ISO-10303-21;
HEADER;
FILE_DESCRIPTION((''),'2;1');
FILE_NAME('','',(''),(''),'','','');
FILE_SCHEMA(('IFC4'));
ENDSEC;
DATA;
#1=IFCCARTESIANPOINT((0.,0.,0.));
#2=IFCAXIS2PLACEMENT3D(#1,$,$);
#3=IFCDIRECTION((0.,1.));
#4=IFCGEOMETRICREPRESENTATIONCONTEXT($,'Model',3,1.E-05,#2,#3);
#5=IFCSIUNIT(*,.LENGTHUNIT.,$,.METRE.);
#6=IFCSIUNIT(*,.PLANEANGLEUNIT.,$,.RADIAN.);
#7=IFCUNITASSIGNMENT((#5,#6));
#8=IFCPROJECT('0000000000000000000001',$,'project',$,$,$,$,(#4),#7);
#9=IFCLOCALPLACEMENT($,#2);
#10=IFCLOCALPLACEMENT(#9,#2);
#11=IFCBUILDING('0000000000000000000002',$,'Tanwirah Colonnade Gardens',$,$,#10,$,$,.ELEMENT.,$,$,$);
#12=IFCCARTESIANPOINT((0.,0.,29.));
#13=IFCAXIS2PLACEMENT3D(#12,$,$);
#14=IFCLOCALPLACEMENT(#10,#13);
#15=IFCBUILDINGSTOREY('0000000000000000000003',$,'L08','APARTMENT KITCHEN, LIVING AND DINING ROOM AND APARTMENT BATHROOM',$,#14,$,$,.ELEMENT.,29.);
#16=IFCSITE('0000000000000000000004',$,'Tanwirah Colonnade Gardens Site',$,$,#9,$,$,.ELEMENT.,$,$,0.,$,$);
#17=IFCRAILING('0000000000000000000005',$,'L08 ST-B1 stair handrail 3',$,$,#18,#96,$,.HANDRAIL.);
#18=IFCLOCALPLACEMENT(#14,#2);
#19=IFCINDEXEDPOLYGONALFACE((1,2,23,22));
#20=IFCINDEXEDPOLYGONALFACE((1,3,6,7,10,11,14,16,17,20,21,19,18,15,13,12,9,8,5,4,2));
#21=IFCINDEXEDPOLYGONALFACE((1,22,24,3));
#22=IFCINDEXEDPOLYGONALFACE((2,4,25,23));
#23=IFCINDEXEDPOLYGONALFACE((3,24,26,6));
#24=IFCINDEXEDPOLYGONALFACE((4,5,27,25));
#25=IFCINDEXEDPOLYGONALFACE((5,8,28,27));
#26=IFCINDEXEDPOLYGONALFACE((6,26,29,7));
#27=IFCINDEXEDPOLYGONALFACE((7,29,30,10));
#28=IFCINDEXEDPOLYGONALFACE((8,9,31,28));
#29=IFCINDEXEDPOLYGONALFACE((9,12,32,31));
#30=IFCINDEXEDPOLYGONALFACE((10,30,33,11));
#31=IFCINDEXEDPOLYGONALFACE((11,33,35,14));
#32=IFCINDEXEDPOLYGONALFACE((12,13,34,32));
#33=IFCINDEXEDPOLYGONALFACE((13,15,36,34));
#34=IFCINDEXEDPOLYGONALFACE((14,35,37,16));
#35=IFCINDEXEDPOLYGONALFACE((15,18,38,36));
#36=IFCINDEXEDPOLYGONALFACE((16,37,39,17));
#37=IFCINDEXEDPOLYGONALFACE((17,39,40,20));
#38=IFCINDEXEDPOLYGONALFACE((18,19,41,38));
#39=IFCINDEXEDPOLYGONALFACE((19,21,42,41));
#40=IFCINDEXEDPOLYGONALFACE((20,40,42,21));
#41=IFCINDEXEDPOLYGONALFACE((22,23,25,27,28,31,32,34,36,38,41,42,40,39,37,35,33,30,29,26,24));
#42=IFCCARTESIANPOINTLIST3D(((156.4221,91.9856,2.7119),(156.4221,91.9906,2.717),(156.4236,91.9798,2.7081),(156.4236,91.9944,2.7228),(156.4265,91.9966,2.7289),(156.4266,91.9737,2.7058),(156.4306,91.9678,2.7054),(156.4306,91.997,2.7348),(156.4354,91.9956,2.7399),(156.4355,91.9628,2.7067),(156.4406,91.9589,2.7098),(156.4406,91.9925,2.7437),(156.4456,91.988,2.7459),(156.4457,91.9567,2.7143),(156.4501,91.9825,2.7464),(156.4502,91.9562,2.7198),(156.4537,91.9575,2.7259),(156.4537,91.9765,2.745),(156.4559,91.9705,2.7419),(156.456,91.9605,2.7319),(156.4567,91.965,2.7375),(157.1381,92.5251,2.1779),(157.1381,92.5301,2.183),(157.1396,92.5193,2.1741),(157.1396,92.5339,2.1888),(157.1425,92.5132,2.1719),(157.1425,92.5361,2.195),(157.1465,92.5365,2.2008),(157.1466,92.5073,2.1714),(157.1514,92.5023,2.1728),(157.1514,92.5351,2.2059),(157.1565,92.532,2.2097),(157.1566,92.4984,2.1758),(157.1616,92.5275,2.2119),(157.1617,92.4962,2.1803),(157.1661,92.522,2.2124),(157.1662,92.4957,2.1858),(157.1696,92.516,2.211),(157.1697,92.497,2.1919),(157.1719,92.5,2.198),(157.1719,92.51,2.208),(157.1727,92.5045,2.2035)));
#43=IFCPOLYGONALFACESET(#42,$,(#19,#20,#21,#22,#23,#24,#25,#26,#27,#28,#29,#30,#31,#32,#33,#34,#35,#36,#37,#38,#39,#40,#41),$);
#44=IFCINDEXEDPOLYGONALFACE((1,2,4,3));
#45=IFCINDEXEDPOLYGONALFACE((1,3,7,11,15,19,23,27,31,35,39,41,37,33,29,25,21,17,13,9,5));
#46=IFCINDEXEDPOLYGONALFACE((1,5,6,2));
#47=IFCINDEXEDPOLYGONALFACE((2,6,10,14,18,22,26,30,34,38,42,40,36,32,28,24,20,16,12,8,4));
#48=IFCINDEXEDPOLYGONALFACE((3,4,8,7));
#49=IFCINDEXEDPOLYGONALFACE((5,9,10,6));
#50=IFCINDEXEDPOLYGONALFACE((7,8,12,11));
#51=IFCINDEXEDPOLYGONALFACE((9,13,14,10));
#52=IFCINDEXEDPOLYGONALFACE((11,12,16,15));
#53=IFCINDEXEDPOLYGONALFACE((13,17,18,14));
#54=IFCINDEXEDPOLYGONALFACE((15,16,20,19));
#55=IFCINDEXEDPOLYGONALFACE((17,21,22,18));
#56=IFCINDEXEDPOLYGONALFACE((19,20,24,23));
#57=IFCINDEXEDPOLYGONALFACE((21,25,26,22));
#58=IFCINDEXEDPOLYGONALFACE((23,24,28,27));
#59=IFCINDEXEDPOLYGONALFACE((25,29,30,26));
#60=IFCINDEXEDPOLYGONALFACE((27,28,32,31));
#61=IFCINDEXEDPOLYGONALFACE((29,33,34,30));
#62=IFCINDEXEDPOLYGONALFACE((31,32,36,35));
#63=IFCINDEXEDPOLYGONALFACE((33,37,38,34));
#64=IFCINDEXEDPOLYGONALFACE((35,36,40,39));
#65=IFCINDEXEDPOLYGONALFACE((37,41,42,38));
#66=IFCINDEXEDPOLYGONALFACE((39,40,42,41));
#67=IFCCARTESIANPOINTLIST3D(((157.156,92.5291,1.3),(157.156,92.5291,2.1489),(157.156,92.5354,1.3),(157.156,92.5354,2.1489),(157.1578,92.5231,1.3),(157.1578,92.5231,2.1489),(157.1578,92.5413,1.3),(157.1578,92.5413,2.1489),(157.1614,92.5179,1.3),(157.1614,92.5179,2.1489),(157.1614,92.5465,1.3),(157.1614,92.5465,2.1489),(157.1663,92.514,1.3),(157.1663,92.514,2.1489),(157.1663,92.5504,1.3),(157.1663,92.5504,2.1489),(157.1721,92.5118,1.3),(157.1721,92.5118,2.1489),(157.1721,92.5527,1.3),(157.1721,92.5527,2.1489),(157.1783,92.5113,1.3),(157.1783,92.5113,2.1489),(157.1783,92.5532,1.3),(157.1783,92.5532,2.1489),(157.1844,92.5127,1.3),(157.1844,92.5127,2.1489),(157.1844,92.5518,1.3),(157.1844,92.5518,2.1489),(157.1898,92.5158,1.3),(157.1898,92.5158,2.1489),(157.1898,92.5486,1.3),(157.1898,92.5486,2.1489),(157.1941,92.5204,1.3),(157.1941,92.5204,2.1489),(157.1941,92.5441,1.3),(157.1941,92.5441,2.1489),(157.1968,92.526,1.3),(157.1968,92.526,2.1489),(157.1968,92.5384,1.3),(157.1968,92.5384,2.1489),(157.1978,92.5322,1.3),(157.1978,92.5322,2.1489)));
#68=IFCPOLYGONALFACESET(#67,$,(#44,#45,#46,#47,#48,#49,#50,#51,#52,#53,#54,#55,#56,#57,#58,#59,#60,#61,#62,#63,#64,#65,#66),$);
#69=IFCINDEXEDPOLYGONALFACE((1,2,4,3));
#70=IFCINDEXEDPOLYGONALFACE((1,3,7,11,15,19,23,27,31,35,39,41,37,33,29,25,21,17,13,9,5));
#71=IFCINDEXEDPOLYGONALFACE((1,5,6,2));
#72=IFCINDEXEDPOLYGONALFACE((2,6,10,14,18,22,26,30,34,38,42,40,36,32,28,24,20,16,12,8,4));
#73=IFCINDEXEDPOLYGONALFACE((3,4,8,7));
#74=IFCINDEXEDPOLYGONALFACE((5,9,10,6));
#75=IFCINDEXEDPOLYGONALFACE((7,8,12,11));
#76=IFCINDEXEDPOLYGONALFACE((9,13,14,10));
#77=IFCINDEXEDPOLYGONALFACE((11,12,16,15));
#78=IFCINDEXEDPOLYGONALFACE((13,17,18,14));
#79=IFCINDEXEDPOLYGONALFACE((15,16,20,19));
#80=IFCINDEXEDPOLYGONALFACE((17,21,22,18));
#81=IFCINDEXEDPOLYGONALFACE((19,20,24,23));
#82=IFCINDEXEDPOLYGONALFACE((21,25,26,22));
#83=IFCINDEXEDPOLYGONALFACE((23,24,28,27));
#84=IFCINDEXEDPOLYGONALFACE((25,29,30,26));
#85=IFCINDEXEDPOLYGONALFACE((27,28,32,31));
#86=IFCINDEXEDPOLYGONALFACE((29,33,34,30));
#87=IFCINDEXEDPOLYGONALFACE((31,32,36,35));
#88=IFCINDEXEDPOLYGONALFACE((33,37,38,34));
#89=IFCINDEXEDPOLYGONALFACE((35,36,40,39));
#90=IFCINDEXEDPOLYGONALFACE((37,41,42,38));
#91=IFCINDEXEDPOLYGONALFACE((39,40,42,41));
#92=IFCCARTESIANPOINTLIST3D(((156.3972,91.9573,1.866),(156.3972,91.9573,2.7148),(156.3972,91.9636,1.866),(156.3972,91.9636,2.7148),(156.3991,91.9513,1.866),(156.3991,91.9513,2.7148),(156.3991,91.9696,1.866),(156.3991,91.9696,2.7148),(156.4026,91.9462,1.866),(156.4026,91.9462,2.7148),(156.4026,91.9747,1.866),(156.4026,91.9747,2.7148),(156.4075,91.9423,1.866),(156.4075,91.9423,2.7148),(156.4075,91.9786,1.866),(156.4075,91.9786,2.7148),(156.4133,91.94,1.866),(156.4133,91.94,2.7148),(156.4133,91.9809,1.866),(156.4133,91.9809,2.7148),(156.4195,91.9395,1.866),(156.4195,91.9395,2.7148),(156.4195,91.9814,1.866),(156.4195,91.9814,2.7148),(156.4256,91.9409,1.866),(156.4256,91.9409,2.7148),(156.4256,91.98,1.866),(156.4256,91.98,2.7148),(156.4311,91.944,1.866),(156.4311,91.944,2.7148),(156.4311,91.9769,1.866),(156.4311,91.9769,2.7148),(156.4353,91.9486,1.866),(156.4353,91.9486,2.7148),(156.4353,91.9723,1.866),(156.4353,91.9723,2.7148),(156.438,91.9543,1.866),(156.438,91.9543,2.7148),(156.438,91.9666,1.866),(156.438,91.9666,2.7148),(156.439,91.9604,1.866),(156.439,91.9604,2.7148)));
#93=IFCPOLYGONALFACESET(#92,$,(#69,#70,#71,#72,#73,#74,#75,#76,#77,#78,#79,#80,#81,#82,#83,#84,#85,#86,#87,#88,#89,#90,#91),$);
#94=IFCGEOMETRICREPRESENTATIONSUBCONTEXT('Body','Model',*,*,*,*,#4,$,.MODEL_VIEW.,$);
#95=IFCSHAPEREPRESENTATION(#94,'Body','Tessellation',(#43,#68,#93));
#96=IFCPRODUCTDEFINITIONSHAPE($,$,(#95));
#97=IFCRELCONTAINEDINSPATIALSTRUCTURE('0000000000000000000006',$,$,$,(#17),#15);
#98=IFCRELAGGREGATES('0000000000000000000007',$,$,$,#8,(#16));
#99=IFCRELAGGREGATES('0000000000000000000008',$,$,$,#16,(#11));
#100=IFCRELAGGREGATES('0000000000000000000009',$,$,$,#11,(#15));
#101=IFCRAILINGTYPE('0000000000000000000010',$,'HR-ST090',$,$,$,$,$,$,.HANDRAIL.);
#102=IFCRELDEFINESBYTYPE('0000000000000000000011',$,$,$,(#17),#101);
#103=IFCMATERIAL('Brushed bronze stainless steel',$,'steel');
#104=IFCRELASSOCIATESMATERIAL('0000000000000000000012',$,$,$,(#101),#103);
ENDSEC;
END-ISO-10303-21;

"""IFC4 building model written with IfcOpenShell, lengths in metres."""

from ifc_helpers import new_model, si_unit, direction, frame, origin, origin_2d, place, context, subcontext, project, spatial, circle, extrude, material, type_object, element, save


model = new_model("IFC4")

# Units and contexts
model_context = context("Model", 3, precision=1e-05, world=origin(), true_north=direction((0.0, 1.0)))
body_context = subcontext(model_context, "Body", "Model", "MODEL_VIEW")
ifc_project = project(units=[si_unit("LENGTHUNIT", "METRE"), si_unit("PLANEANGLEUNIT", "RADIAN")], contexts=[model_context])

# Site, building, storey
site_placement = place(None, origin())
site = spatial("IfcSite", under=ifc_project, at=site_placement, Name="Tanwirah Colonnade Gardens Site", CompositionType="ELEMENT", RefElevation=0.0)
building_placement = place(site_placement, origin())
building = spatial("IfcBuilding", under=site, at=building_placement, Name="Tanwirah Colonnade Gardens", CompositionType="ELEMENT")
storey_placement = place(building_placement, frame((0.0, 0.0, 29.0)))
storey = spatial("IfcBuildingStorey", under=building, at=storey_placement, Name="L08", Description="APARTMENT KITCHEN, LIVING AND DINING ROOM AND APARTMENT BATHROOM", CompositionType="ELEMENT", Elevation=29.0)

# Railing
ifc_material_1 = material(Name="Brushed bronze stainless steel", Category="steel")
railing_type = type_object("IfcRailingType", Name="HR-ST090", PredefinedType="HANDRAIL", material=ifc_material_1)
railing_1_placement = place(storey_placement, frame((157.1768, 92.5322, 1.3)))
element("IfcRailing", 1, at=railing_1_placement, inside=storey, type_object=railing_type, Name="L08 ST-B1 stair handrail 3", PredefinedType="HANDRAIL", context=body_context, shape_type="SweptSolid", body=[
    extrude(circle(Radius=0.0239, at=origin_2d()), frame((-0.0215, -0.0161, 0.8918), z_axis=(-0.686145, -0.517037, 0.511739), x_axis=(0.601807, -0.798641, 0.0)), (0.0, 0.0, 1.0), 1.0435),
    extrude(circle(Radius=0.021, at=origin_2d()), origin(), (0.0, 0.0, 1.0), 0.8489),
    extrude(circle(Radius=0.021, at=origin_2d()), frame((-0.7588, -0.5718, 0.5659)), (0.0, 0.0, 1.0), 0.8489),
])

save(model, "model.ifc")
